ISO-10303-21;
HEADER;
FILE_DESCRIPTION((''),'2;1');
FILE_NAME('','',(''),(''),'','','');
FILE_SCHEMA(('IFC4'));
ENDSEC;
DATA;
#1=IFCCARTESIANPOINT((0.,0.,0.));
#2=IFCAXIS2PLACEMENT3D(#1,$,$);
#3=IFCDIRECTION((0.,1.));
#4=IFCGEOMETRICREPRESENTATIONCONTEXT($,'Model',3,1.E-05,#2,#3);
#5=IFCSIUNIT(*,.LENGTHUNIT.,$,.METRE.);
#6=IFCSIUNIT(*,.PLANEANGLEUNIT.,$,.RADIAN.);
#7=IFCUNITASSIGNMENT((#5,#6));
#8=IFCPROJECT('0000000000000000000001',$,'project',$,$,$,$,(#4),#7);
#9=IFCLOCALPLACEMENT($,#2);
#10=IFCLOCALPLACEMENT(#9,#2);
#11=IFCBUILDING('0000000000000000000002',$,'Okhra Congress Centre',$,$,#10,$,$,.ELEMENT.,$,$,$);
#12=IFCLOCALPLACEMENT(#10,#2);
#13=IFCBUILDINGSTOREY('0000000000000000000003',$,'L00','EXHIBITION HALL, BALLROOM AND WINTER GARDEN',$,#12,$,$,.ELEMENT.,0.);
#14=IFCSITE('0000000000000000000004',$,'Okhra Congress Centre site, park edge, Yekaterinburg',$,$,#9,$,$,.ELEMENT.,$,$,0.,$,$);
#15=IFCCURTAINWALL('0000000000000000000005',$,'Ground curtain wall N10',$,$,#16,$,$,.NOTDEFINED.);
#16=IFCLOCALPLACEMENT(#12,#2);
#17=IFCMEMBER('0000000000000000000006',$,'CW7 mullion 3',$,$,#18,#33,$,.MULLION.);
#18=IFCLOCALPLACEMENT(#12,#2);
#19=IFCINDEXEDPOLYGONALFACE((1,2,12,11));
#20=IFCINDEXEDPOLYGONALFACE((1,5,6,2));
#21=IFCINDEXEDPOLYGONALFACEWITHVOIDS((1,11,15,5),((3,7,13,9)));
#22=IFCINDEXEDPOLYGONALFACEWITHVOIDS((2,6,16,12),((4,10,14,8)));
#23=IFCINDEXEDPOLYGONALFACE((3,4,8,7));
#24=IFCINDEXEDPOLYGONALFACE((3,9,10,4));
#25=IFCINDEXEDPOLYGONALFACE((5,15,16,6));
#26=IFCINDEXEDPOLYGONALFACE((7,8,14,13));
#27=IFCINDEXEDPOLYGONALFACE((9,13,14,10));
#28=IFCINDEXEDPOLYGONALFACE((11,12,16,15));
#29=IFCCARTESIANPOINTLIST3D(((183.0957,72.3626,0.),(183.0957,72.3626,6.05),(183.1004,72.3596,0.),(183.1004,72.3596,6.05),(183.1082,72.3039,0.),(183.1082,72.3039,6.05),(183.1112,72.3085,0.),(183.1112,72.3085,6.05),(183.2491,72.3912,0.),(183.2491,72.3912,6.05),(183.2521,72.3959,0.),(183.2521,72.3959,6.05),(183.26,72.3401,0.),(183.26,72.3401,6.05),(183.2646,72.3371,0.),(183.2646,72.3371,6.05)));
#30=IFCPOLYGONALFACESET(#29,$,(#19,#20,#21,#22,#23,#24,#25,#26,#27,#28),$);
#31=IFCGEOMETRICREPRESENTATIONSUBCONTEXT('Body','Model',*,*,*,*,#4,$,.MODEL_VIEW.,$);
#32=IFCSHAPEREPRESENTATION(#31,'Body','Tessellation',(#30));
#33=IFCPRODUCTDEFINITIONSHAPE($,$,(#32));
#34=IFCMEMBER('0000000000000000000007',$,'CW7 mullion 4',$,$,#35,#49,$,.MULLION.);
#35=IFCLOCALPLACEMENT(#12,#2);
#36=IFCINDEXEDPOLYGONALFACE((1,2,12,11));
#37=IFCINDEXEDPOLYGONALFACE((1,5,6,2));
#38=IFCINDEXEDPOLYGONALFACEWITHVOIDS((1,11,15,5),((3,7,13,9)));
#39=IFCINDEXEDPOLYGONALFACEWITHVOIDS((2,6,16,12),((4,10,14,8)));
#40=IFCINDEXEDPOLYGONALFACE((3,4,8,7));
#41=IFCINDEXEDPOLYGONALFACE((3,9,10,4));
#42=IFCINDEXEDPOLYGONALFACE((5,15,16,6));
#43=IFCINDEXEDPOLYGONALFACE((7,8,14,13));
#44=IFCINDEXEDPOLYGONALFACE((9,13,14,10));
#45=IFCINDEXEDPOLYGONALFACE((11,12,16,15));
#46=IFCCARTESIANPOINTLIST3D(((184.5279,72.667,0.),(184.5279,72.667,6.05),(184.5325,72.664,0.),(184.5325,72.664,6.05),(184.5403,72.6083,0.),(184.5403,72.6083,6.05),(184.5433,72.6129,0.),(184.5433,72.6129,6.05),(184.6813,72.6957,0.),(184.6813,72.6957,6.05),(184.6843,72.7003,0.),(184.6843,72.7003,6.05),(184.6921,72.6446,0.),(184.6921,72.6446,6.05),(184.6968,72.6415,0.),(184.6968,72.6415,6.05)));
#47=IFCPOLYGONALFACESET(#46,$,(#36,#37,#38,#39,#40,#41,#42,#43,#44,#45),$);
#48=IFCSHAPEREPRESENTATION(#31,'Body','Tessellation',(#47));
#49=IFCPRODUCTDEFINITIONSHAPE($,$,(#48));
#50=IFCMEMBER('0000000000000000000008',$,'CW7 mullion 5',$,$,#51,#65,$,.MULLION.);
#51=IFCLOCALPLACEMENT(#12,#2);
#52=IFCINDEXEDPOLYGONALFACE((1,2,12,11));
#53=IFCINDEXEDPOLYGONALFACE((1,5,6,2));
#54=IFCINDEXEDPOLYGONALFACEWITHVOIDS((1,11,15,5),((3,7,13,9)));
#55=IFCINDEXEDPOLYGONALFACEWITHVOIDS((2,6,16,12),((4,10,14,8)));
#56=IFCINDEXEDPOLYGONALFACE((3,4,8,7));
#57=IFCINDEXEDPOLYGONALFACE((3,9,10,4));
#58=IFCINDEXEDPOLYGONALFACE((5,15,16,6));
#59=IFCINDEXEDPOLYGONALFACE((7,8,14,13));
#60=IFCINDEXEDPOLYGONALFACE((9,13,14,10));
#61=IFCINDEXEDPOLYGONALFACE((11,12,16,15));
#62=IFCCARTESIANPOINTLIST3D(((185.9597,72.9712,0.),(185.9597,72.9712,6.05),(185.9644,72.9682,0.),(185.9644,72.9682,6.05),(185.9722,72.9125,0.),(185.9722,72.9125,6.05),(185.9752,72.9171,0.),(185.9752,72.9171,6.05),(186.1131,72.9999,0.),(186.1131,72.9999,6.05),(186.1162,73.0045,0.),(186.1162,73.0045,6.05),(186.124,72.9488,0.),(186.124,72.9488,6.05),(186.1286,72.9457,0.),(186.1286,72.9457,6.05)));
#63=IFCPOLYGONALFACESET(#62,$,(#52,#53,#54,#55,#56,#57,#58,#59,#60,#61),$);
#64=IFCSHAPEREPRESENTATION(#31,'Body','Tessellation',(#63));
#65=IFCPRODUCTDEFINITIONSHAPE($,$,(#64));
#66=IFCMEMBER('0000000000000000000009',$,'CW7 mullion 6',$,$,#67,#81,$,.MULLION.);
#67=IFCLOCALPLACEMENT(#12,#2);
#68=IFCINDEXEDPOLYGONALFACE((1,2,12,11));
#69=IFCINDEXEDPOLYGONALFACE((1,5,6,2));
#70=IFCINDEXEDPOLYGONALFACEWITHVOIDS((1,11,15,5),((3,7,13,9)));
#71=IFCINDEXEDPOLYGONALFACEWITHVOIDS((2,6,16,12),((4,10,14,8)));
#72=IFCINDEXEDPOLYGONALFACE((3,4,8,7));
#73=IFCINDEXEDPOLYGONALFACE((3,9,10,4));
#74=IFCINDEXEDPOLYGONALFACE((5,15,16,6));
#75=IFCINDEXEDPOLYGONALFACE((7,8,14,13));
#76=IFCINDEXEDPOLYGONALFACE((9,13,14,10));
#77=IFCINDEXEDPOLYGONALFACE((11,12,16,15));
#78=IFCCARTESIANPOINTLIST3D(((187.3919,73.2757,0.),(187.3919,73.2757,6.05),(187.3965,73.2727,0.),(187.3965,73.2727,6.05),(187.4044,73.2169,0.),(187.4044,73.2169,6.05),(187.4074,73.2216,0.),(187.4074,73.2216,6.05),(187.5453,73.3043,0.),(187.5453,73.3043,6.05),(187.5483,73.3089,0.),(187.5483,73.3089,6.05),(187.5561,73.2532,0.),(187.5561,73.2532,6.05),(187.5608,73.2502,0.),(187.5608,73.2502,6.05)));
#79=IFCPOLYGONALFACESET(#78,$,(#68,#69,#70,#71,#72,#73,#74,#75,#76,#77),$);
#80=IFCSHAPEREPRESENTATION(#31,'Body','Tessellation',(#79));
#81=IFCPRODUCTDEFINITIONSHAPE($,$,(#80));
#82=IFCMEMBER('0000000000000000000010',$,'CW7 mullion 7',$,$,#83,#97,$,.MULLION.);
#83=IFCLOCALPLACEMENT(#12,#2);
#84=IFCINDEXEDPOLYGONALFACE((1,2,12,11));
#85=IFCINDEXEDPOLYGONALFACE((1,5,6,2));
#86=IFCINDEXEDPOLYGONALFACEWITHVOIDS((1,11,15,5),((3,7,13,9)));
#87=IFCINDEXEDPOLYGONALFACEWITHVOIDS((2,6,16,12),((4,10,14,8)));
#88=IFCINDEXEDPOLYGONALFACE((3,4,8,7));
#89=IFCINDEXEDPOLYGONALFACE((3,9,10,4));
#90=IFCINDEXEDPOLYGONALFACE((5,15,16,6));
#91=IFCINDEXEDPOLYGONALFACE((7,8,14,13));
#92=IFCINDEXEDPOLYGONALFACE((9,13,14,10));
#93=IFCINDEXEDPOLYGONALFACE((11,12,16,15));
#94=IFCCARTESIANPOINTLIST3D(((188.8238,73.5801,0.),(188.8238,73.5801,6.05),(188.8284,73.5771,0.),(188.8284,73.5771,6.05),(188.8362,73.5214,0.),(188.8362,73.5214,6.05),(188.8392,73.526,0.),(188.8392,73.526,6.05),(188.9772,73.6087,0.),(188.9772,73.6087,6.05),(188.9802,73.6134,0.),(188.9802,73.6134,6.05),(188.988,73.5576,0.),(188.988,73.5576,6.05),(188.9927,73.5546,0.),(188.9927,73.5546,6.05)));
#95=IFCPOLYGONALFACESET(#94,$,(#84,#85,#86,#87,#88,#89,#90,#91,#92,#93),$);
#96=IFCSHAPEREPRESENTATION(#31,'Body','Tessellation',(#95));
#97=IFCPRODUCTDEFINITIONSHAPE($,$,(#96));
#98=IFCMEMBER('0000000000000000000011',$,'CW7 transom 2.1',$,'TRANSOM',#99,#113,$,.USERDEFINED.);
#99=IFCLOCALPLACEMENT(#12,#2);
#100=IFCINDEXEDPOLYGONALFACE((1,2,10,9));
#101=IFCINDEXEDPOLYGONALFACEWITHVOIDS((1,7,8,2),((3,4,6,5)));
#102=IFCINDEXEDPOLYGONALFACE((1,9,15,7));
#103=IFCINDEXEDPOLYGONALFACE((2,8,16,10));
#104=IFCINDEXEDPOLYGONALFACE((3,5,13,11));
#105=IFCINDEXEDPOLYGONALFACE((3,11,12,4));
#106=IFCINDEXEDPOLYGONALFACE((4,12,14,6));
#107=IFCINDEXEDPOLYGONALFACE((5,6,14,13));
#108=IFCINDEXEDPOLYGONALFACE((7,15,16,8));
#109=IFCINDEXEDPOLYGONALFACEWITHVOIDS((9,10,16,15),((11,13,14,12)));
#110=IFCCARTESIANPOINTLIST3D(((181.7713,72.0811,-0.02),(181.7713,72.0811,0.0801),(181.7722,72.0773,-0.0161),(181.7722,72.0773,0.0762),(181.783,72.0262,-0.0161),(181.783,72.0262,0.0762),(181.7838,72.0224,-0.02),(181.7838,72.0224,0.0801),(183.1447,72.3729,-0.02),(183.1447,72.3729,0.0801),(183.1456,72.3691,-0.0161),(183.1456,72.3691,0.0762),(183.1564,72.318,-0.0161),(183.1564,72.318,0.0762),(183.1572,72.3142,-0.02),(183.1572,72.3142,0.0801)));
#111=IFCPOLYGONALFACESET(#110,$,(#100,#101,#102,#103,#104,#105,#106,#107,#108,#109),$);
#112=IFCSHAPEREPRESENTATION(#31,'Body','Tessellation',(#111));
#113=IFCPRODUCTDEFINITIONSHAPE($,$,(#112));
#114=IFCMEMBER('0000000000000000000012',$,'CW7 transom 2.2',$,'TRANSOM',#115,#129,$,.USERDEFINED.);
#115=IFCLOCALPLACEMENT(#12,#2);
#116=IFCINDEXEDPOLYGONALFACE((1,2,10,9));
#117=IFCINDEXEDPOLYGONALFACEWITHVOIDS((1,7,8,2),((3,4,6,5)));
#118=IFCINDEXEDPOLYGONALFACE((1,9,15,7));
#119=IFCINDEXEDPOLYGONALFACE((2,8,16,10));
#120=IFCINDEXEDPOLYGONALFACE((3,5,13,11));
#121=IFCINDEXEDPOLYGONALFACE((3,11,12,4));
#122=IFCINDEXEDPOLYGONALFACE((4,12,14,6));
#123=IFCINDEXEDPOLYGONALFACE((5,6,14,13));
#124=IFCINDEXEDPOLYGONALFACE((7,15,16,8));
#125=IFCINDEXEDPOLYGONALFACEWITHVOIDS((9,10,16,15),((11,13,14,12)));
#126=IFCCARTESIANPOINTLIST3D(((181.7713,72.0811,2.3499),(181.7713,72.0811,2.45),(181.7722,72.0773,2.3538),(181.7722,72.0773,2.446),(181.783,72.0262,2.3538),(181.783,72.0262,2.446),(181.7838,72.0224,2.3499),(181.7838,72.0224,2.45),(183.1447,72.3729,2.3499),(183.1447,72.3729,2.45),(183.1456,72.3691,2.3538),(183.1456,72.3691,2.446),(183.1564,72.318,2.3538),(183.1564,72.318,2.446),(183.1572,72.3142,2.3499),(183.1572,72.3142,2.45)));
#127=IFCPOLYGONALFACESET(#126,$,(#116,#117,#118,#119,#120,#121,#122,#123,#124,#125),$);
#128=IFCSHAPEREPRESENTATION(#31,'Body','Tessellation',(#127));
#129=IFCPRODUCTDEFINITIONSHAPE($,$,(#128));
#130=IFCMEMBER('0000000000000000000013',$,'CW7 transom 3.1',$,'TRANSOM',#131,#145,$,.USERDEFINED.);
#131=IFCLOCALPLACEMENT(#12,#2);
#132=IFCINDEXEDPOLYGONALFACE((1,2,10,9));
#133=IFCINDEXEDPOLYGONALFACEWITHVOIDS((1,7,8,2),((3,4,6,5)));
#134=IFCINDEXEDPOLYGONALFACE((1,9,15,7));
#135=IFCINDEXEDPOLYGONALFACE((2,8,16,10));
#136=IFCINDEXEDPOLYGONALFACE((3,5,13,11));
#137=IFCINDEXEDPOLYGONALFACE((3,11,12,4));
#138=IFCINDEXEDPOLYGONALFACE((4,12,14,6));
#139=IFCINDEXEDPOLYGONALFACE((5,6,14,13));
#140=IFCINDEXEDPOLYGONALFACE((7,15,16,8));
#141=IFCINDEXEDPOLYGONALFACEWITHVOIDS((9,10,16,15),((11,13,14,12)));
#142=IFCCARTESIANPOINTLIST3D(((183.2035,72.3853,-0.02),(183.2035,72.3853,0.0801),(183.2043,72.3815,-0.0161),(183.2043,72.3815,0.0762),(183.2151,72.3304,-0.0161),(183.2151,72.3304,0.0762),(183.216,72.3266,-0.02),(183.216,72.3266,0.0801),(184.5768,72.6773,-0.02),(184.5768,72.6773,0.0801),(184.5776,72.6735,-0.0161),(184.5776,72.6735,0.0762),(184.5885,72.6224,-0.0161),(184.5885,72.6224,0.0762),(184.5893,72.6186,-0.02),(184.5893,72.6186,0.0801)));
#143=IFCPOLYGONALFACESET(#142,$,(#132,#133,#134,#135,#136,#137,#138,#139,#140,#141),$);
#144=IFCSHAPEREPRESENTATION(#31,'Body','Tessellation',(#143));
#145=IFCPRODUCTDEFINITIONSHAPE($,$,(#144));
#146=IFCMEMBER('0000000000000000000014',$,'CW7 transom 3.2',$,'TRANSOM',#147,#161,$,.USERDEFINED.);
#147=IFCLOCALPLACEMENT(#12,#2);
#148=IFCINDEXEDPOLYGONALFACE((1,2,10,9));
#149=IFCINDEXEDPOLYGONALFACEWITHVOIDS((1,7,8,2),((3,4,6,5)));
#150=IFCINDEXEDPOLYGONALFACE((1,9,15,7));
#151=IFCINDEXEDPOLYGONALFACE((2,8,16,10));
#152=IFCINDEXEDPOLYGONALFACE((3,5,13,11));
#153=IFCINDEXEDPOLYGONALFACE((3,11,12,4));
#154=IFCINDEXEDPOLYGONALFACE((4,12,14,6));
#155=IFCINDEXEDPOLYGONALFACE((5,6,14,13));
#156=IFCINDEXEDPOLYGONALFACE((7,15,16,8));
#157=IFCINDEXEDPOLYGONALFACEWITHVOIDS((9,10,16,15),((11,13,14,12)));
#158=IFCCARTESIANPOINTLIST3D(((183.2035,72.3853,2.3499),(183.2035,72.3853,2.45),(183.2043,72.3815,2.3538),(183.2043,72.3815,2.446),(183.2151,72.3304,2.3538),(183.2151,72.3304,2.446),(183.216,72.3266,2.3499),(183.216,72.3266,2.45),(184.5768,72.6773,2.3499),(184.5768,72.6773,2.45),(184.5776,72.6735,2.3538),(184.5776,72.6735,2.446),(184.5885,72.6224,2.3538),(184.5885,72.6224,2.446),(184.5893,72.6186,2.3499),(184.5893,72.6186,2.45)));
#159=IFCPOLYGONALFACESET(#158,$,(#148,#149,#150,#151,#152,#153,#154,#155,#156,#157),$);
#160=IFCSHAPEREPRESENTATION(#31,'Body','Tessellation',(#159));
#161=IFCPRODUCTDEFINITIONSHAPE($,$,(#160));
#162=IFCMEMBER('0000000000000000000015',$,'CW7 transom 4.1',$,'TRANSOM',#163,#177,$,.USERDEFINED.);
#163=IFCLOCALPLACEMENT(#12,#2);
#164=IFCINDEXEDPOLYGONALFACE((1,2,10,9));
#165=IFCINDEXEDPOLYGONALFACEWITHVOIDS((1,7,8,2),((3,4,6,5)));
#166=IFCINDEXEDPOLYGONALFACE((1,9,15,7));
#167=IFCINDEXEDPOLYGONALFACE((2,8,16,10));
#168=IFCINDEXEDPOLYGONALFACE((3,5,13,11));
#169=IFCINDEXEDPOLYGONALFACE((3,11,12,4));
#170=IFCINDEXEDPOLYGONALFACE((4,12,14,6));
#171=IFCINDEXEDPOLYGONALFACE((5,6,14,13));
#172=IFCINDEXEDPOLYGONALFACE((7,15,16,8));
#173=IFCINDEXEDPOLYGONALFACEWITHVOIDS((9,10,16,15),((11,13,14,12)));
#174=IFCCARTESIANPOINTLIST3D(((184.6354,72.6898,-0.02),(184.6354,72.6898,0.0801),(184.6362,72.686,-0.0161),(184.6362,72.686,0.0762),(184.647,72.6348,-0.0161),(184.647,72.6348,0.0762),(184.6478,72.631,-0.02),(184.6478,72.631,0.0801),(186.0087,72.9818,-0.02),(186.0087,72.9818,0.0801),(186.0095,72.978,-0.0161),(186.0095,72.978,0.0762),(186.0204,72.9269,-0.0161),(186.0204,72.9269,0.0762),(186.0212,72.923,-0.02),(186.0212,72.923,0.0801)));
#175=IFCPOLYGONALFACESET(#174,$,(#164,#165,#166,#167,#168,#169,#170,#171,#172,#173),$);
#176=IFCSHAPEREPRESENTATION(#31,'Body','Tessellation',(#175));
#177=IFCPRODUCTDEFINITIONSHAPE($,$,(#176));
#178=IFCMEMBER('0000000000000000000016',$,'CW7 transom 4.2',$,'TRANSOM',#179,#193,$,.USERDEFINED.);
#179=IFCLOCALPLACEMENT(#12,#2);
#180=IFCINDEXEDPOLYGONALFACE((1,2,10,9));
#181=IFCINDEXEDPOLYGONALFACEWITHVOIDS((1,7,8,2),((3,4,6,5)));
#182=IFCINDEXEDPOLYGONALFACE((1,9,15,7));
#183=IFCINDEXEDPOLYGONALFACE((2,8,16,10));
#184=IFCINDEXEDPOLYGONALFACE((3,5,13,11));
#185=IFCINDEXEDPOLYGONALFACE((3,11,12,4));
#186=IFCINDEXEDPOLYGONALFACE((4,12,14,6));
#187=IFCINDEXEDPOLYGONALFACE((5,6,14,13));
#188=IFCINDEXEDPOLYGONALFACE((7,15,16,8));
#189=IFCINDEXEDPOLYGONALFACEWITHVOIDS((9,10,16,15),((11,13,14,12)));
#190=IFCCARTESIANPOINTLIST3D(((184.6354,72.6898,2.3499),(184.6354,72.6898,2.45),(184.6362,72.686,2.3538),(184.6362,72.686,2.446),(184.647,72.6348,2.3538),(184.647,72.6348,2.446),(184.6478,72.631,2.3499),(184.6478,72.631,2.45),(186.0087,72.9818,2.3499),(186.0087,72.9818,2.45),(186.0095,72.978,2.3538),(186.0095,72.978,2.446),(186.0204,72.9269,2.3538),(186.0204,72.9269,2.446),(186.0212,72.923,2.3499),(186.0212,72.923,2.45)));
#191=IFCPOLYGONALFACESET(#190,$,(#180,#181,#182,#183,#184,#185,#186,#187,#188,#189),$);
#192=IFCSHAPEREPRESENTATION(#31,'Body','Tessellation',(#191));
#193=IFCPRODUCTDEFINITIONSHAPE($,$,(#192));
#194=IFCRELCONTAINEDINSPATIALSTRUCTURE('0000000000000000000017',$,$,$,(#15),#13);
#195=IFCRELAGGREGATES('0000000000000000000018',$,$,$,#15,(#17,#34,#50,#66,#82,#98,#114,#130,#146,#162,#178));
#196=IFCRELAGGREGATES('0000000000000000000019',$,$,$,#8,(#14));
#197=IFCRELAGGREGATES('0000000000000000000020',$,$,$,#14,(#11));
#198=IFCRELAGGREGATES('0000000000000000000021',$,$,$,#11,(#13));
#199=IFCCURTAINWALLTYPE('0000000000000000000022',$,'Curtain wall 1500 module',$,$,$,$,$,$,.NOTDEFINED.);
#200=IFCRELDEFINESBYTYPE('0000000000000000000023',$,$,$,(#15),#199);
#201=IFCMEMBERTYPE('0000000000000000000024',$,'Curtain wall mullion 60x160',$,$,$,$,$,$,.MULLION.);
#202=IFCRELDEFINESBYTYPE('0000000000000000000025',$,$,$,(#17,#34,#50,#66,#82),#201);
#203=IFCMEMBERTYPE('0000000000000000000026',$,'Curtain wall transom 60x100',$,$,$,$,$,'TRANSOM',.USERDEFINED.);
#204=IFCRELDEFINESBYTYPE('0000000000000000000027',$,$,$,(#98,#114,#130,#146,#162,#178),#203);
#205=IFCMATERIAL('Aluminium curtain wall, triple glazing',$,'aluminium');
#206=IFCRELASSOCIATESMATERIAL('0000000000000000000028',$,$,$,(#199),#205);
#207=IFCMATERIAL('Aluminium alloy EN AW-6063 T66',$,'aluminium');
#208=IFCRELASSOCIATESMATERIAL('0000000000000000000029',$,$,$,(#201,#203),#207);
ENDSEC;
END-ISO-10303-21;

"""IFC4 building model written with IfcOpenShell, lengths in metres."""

from ifc_helpers import new_model, si_unit, direction, frame, origin, origin_2d, place, context, subcontext, project, spatial, hollow_rectangle, extrude, material, material_profile, profile_set, type_object, element, aggregate, save


model = new_model("IFC4")

# Units and contexts
model_context = context("Model", 3, precision=1e-05, world=origin(), true_north=direction((0.0, 1.0)))
body_context = subcontext(model_context, "Body", "Model", "MODEL_VIEW")
ifc_project = project(units=[si_unit("LENGTHUNIT", "METRE"), si_unit("PLANEANGLEUNIT", "RADIAN")], contexts=[model_context])

# Site, building, storey
site_placement = place(None, origin())
site = spatial("IfcSite", under=ifc_project, at=site_placement, Name="Okhra Congress Centre site, park edge, Yekaterinburg", CompositionType="ELEMENT", RefElevation=0.0)
building_placement = place(site_placement, origin())
building = spatial("IfcBuilding", under=site, at=building_placement, Name="Okhra Congress Centre", CompositionType="ELEMENT")
storey_placement = place(building_placement, origin())
storey = spatial("IfcBuildingStorey", under=building, at=storey_placement, Name="L00", Description="EXHIBITION HALL, BALLROOM AND WINTER GARDEN", CompositionType="ELEMENT", Elevation=0.0)

# Curtain wall, members
ifc_material_1 = material(Name="Aluminium curtain wall, triple glazing", Category="aluminium")
curtain_wall_type = type_object("IfcCurtainWallType", Name="Curtain wall 1500 module", PredefinedType="NOTDEFINED", material=ifc_material_1)
curtain_wall_placement = place(storey_placement, origin())
curtain_wall = element("IfcCurtainWall", 1, at=curtain_wall_placement, inside=storey, type_object=curtain_wall_type, Name="Ground curtain wall N10", PredefinedType="NOTDEFINED")
ifc_material_2 = material(Name="Aluminium alloy EN AW-6063 T66", Category="aluminium")
ifc_material_profile_1 = material_profile(ifc_material_2, hollow_rectangle(XDim=0.0601, YDim=0.1599, WallThickness=0.0039, at=origin_2d()), Name="RHS 60x160x4")
ifc_profile_set_1 = profile_set([ifc_material_profile_1], Name="Aluminium alloy EN AW-6063 T66")
member_type_1 = type_object("IfcMemberType", Name="Curtain wall mullion 60x160", PredefinedType="MULLION", material=ifc_profile_set_1)
member_1_placement = place(storey_placement, frame((183.1802, 72.3499, 0.0), z_axis=(0.0, 0.0, 1.0), x_axis=(-0.207912, 0.978148, 0.0)))
member_1 = element("IfcMember", 2, at=member_1_placement, type_object=member_type_1, Name="CW7 mullion 3", PredefinedType="MULLION", context=body_context, shape_type="SweptSolid", body=[
    extrude(hollow_rectangle(XDim=0.0601, YDim=0.1599, WallThickness=0.0039, at=origin_2d()), origin(), (0.0, 0.0, 1.0), 6.05),
])
member_2_placement = place(storey_placement, frame((184.6123, 72.6543, 0.0), z_axis=(0.0, 0.0, 1.0), x_axis=(-0.207912, 0.978148, 0.0)))
member_2 = element("IfcMember", 3, at=member_2_placement, type_object=member_type_1, Name="CW7 mullion 4", PredefinedType="MULLION", context=body_context, shape_type="SweptSolid", body=[
    extrude(hollow_rectangle(XDim=0.0601, YDim=0.1599, WallThickness=0.0039, at=origin_2d()), origin(), (0.0, 0.0, 1.0), 6.05),
])
member_3_placement = place(storey_placement, frame((186.0442, 72.9585, 0.0), z_axis=(0.0, 0.0, 1.0), x_axis=(-0.207912, 0.978148, 0.0)))
member_3 = element("IfcMember", 4, at=member_3_placement, type_object=member_type_1, Name="CW7 mullion 5", PredefinedType="MULLION", context=body_context, shape_type="SweptSolid", body=[
    extrude(hollow_rectangle(XDim=0.0601, YDim=0.1599, WallThickness=0.0039, at=origin_2d()), origin(), (0.0, 0.0, 1.0), 6.05),
])
member_4_placement = place(storey_placement, frame((187.4763, 73.2629, 0.0), z_axis=(0.0, 0.0, 1.0), x_axis=(-0.207912, 0.978148, 0.0)))
member_4 = element("IfcMember", 5, at=member_4_placement, type_object=member_type_1, Name="CW7 mullion 6", PredefinedType="MULLION", context=body_context, shape_type="SweptSolid", body=[
    extrude(hollow_rectangle(XDim=0.0601, YDim=0.1599, WallThickness=0.0039, at=origin_2d()), origin(), (0.0, 0.0, 1.0), 6.05),
])
member_5_placement = place(storey_placement, frame((188.9082, 73.5674, 0.0), z_axis=(0.0, 0.0, 1.0), x_axis=(-0.207912, 0.978148, 0.0)))
member_5 = element("IfcMember", 6, at=member_5_placement, type_object=member_type_1, Name="CW7 mullion 7", PredefinedType="MULLION", context=body_context, shape_type="SweptSolid", body=[
    extrude(hollow_rectangle(XDim=0.0601, YDim=0.1599, WallThickness=0.0039, at=origin_2d()), origin(), (0.0, 0.0, 1.0), 6.05),
])
ifc_material_profile_2 = material_profile(ifc_material_2, hollow_rectangle(XDim=0.0601, YDim=0.1001, WallThickness=0.0039, at=origin_2d()), Name="RHS 60x100x4")
ifc_profile_set_2 = profile_set([ifc_material_profile_2], Name="Aluminium alloy EN AW-6063 T66")
member_type_2 = type_object("IfcMemberType", Name="Curtain wall transom 60x100", ElementType="TRANSOM", PredefinedType="USERDEFINED", material=ifc_profile_set_2)
member_6_placement = place(storey_placement, frame((181.7776, 72.0518, 0.03), z_axis=(0.97817, 0.207807, 0.0), x_axis=(-0.207807, 0.97817, 0.0)))
member_6 = element("IfcMember", 7, at=member_6_placement, type_object=member_type_2, Name="CW7 transom 2.1", ObjectType="TRANSOM", PredefinedType="USERDEFINED", context=body_context, shape_type="SweptSolid", body=[
    extrude(hollow_rectangle(XDim=0.0601, YDim=0.1001, WallThickness=0.0039, at=origin_2d()), origin(), (0.0, 0.0, 1.0), 1.4041),
])
member_7_placement = place(storey_placement, frame((181.7776, 72.0518, 2.3999), z_axis=(0.97817, 0.207807, 0.0), x_axis=(-0.207807, 0.97817, 0.0)))
member_7 = element("IfcMember", 8, at=member_7_placement, type_object=member_type_2, Name="CW7 transom 2.2", ObjectType="TRANSOM", PredefinedType="USERDEFINED", context=body_context, shape_type="SweptSolid", body=[
    extrude(hollow_rectangle(XDim=0.0601, YDim=0.1001, WallThickness=0.0039, at=origin_2d()), origin(), (0.0, 0.0, 1.0), 1.4041),
])
member_8_placement = place(storey_placement, frame((183.2097, 72.356, 0.03), z_axis=(0.978135, 0.207973, 0.0), x_axis=(-0.207973, 0.978135, 0.0)))
member_8 = element("IfcMember", 9, at=member_8_placement, type_object=member_type_2, Name="CW7 transom 3.1", ObjectType="TRANSOM", PredefinedType="USERDEFINED", context=body_context, shape_type="SweptSolid", body=[
    extrude(hollow_rectangle(XDim=0.0601, YDim=0.1001, WallThickness=0.0039, at=origin_2d()), origin(), (0.0, 0.0, 1.0), 1.4041),
])
member_9_placement = place(storey_placement, frame((183.2097, 72.356, 2.3999), z_axis=(0.978135, 0.207973, 0.0), x_axis=(-0.207973, 0.978135, 0.0)))
member_9 = element("IfcMember", 10, at=member_9_placement, type_object=member_type_2, Name="CW7 transom 3.2", ObjectType="TRANSOM", PredefinedType="USERDEFINED", context=body_context, shape_type="SweptSolid", body=[
    extrude(hollow_rectangle(XDim=0.0601, YDim=0.1001, WallThickness=0.0039, at=origin_2d()), origin(), (0.0, 0.0, 1.0), 1.4041),
])
member_10_placement = place(storey_placement, frame((184.6416, 72.6604, 0.03), z_axis=(0.978135, 0.207973, 0.0), x_axis=(-0.207973, 0.978135, 0.0)))
member_10 = element("IfcMember", 11, at=member_10_placement, type_object=member_type_2, Name="CW7 transom 4.1", ObjectType="TRANSOM", PredefinedType="USERDEFINED", context=body_context, shape_type="SweptSolid", body=[
    extrude(hollow_rectangle(XDim=0.0601, YDim=0.1001, WallThickness=0.0039, at=origin_2d()), origin(), (0.0, 0.0, 1.0), 1.4041),
])
member_11_placement = place(storey_placement, frame((184.6416, 72.6604, 2.3999), z_axis=(0.978135, 0.207973, 0.0), x_axis=(-0.207973, 0.978135, 0.0)))
member_11 = element("IfcMember", 12, at=member_11_placement, type_object=member_type_2, Name="CW7 transom 4.2", ObjectType="TRANSOM", PredefinedType="USERDEFINED", context=body_context, shape_type="SweptSolid", body=[
    extrude(hollow_rectangle(XDim=0.0601, YDim=0.1001, WallThickness=0.0039, at=origin_2d()), origin(), (0.0, 0.0, 1.0), 1.4041),
])
aggregate(curtain_wall, [member_1, member_2, member_3, member_4, member_5, member_6, member_7, member_8, member_9, member_10, member_11])

save(model, "model.ifc")
